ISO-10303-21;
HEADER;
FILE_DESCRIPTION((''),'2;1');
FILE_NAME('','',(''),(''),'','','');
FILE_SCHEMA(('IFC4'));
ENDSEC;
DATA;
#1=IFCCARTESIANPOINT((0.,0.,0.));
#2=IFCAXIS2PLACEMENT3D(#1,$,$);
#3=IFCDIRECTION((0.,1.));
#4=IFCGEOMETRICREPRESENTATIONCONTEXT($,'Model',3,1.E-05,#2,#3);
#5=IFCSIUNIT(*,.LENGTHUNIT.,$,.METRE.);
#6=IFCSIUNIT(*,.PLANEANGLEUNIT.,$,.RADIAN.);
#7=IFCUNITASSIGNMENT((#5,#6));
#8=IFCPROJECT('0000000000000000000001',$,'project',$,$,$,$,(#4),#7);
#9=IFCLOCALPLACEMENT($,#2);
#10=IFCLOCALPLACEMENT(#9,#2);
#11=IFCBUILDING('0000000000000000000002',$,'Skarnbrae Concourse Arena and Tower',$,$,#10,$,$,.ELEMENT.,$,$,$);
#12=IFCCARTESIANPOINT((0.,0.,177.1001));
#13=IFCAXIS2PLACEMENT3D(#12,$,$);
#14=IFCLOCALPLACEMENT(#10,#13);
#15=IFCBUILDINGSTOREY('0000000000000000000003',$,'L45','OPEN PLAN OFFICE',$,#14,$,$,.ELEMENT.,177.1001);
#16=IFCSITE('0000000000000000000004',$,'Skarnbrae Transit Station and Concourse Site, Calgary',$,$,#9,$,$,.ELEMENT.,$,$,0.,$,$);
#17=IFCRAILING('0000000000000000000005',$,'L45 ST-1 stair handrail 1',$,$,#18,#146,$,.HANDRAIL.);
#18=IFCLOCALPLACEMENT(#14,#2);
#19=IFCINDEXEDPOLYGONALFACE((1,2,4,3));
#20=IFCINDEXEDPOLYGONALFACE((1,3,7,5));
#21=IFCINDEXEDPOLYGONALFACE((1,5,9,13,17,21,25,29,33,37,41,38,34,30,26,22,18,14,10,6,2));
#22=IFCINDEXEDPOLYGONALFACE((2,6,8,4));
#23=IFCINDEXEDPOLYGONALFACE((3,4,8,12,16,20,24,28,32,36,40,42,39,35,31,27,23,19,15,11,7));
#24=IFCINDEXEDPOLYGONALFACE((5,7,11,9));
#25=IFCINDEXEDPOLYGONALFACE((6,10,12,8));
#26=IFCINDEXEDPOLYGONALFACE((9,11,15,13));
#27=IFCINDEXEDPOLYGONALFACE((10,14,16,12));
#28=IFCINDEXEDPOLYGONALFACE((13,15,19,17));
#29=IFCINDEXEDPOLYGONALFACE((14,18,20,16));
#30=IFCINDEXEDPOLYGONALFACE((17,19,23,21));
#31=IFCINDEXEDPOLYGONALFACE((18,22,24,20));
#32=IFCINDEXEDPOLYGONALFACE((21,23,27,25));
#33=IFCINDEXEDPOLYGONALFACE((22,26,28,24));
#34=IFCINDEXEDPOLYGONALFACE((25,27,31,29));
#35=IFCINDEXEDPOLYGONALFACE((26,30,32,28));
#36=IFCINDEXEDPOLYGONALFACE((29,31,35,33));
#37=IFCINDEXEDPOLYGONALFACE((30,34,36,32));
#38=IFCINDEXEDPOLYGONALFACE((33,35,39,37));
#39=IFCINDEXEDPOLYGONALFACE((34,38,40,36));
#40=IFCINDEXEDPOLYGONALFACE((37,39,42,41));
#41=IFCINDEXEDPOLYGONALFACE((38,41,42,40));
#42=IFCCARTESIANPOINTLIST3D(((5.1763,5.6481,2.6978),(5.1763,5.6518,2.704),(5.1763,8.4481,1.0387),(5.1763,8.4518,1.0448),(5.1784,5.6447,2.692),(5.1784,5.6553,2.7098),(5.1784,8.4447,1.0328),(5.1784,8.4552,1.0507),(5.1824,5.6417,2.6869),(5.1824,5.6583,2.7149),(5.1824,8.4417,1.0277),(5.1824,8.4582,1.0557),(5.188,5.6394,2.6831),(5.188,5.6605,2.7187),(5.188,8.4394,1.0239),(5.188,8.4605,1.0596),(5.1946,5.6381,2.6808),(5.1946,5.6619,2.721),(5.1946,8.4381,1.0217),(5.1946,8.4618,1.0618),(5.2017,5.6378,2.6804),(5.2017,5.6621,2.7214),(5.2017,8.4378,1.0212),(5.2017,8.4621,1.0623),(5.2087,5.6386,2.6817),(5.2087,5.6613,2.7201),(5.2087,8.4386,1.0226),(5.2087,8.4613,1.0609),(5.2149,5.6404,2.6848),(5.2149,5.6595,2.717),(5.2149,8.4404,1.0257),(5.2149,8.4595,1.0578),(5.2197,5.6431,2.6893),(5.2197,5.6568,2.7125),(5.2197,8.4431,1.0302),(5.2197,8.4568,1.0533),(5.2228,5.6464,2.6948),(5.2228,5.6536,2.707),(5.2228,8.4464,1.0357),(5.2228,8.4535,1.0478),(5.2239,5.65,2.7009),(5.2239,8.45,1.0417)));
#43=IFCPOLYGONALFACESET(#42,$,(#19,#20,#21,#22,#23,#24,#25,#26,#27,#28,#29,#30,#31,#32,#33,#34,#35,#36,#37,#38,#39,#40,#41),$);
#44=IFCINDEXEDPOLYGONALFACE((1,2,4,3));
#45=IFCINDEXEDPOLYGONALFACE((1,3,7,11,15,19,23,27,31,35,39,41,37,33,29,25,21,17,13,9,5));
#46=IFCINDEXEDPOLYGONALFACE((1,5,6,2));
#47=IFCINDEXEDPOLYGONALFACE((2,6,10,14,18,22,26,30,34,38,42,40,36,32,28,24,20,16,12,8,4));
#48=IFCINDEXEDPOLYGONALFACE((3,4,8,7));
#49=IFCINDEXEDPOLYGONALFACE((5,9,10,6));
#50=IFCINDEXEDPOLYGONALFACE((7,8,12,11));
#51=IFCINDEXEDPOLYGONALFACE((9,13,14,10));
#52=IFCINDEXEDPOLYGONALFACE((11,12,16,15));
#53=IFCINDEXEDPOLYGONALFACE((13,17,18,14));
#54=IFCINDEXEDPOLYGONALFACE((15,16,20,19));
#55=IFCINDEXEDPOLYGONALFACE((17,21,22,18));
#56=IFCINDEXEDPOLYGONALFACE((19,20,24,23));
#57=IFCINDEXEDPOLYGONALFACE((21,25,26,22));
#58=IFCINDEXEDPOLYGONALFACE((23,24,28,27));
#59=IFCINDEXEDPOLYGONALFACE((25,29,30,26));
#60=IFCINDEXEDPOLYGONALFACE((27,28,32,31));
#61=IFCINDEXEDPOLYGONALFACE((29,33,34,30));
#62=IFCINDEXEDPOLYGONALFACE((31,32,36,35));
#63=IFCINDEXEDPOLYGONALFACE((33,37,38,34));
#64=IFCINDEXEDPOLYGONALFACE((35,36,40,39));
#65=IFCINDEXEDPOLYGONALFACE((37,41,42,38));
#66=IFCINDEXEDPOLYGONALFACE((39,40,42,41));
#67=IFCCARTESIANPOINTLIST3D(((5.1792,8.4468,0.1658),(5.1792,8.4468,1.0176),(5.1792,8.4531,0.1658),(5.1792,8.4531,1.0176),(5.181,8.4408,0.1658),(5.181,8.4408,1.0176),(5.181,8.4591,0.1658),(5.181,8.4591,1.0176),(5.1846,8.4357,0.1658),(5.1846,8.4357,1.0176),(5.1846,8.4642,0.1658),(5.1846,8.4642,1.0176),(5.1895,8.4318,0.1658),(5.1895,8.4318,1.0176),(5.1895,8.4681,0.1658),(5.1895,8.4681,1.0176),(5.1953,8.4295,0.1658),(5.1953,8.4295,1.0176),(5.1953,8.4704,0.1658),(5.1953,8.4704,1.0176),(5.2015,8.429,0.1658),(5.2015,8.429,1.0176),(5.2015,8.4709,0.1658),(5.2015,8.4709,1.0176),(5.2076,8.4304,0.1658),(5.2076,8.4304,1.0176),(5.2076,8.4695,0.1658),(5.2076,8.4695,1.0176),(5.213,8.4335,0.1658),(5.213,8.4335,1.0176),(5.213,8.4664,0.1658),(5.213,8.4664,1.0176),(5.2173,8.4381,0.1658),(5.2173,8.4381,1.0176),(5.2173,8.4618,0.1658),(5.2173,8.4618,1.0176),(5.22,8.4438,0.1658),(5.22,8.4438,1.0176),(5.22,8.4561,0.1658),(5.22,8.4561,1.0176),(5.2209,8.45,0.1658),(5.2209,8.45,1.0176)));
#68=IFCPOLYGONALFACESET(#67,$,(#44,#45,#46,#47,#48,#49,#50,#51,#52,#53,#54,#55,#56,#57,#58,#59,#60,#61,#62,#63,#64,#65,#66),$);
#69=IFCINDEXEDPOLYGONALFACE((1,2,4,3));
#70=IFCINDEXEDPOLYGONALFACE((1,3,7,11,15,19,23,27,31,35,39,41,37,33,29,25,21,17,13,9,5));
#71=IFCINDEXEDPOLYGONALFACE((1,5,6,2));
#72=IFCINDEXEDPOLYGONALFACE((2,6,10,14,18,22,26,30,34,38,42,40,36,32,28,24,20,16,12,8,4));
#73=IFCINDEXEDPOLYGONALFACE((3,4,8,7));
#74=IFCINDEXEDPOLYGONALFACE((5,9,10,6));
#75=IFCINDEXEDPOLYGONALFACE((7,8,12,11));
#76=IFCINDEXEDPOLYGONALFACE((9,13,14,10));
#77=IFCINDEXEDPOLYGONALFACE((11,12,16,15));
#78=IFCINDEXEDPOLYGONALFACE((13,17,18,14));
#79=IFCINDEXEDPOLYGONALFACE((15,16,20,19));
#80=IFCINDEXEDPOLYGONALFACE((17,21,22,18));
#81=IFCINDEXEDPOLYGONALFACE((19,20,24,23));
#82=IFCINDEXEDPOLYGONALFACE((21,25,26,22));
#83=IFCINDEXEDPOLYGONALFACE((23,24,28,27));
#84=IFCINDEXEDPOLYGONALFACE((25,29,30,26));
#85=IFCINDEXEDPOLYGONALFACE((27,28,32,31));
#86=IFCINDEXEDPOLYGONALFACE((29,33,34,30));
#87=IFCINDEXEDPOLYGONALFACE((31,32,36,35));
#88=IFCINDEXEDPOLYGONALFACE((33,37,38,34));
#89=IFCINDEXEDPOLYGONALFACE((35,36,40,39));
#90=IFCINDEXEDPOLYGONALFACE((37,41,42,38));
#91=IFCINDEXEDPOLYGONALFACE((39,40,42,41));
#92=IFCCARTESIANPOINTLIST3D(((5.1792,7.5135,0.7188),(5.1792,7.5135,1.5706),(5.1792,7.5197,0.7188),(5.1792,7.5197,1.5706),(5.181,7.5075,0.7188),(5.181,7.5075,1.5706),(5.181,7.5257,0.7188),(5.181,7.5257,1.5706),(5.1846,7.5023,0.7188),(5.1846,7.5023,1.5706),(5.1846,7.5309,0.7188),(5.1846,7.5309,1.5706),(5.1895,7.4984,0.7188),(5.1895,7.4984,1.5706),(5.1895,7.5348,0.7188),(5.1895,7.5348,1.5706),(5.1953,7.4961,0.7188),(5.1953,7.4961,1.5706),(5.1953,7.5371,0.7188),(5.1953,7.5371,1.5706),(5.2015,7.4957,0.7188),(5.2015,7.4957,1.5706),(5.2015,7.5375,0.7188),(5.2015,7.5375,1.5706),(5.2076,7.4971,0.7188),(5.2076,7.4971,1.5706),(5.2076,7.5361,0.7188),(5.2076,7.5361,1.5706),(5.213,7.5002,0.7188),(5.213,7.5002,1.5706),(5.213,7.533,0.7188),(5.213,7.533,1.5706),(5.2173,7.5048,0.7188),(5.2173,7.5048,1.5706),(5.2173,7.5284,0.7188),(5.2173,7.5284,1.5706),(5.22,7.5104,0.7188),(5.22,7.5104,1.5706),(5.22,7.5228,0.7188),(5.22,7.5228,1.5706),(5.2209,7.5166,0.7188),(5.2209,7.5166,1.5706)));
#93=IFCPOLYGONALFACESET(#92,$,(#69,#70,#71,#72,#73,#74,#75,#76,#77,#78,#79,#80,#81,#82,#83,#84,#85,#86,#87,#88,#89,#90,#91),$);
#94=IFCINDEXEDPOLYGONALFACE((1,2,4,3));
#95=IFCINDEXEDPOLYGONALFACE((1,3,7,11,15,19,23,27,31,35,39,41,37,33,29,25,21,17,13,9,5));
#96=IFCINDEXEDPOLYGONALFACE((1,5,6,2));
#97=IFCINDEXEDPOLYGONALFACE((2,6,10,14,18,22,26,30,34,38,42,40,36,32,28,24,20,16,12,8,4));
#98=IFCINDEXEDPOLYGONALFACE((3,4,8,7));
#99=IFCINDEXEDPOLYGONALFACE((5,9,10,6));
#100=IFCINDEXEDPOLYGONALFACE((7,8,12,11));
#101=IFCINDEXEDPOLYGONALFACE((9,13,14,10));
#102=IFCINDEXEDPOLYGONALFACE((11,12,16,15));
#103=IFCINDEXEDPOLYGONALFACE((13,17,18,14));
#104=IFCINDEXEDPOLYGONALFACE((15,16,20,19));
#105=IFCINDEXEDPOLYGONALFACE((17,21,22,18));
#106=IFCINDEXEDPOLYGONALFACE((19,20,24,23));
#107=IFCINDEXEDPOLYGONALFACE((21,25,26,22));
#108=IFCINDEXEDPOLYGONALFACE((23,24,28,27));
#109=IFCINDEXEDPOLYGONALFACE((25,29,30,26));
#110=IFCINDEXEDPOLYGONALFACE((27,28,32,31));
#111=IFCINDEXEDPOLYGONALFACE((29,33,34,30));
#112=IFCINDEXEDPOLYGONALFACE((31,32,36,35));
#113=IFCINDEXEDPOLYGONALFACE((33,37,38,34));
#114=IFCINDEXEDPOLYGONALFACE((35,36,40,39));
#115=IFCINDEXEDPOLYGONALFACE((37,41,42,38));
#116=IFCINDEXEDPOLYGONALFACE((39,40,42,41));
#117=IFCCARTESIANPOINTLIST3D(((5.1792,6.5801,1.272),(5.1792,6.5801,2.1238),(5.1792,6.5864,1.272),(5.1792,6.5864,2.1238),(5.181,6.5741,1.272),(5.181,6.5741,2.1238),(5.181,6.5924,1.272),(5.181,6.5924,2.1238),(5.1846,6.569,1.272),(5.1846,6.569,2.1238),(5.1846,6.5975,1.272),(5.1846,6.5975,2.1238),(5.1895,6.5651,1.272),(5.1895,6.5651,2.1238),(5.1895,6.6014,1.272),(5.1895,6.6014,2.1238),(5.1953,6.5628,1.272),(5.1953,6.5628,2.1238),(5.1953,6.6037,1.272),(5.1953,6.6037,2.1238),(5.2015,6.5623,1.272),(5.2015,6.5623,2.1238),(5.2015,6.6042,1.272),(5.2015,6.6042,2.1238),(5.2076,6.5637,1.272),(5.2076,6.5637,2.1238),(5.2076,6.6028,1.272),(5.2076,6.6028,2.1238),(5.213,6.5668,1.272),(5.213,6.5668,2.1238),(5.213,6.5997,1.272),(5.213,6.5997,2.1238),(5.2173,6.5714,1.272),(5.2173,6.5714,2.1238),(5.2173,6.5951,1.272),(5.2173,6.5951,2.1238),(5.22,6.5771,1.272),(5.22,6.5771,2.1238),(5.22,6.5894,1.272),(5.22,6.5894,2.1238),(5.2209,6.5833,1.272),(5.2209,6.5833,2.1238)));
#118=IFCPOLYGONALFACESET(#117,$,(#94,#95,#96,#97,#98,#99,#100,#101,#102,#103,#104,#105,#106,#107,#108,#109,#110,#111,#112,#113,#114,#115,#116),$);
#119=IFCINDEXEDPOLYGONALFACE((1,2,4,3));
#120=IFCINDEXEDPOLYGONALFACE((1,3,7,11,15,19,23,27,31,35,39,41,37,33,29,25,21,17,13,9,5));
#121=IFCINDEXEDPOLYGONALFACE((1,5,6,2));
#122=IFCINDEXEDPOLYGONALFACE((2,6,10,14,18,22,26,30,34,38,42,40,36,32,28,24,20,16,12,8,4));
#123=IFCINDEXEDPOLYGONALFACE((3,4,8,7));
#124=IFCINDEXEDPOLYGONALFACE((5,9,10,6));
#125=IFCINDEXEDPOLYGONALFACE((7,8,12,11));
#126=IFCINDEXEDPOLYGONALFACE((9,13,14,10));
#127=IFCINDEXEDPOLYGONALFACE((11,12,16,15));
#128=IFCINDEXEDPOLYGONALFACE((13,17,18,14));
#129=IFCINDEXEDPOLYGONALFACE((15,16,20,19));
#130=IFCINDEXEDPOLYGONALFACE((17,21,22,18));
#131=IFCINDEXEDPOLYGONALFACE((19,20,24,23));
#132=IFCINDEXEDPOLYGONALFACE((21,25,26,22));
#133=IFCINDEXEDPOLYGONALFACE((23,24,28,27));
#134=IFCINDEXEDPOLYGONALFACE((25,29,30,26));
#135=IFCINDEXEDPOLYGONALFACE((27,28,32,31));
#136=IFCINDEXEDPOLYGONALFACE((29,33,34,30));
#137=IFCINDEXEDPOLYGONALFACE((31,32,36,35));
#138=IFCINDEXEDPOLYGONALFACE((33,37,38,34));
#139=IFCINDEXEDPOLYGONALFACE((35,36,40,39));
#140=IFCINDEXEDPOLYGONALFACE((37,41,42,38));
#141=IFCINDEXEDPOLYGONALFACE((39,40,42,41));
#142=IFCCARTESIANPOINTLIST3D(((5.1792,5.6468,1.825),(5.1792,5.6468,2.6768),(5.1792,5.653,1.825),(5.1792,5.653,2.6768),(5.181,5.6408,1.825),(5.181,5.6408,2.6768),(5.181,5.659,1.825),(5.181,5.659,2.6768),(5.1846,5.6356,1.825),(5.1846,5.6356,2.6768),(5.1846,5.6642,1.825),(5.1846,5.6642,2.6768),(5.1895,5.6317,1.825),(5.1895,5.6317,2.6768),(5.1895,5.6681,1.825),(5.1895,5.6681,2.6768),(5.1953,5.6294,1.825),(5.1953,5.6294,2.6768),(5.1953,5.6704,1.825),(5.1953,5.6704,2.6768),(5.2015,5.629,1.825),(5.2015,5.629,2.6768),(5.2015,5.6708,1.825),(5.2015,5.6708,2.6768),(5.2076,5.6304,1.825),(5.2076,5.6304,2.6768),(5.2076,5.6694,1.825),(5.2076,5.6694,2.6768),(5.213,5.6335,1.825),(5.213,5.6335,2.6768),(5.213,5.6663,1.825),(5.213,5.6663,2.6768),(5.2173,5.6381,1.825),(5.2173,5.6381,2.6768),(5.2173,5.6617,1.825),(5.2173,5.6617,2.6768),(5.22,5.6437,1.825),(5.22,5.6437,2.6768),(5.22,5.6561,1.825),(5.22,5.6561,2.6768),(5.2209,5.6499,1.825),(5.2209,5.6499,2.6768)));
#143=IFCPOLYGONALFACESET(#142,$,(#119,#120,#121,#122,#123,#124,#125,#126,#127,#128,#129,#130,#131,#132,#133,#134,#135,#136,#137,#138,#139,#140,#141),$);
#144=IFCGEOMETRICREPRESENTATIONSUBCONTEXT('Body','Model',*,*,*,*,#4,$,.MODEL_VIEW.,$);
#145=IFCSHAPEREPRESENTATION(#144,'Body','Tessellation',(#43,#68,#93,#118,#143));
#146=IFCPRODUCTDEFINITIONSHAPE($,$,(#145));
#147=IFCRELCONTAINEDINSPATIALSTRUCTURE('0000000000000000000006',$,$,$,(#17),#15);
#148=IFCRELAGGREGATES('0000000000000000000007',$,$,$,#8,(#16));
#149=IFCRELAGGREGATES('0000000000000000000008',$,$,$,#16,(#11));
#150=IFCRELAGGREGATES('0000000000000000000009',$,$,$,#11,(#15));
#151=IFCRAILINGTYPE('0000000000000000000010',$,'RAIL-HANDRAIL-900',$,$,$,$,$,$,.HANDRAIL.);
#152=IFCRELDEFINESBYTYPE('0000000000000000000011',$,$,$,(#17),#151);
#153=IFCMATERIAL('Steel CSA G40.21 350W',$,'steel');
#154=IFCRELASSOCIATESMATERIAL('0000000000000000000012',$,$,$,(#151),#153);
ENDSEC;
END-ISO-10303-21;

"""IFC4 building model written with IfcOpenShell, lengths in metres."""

from ifc_helpers import new_model, si_unit, direction, frame, origin, origin_2d, place, context, subcontext, project, spatial, circle, extrude, material, type_object, element, save


model = new_model("IFC4")

# Units and contexts
model_context = context("Model", 3, precision=1e-05, world=origin(), true_north=direction((0.0, 1.0)))
body_context = subcontext(model_context, "Body", "Model", "MODEL_VIEW")
ifc_project = project(units=[si_unit("LENGTHUNIT", "METRE"), si_unit("PLANEANGLEUNIT", "RADIAN")], contexts=[model_context])

# Site, building, storey
site_placement = place(None, origin())
site = spatial("IfcSite", under=ifc_project, at=site_placement, Name="Skarnbrae Transit Station and Concourse Site, Calgary", CompositionType="ELEMENT", RefElevation=0.0)
building_placement = place(site_placement, origin())
building = spatial("IfcBuilding", under=site, at=building_placement, Name="Skarnbrae Concourse Arena and Tower", CompositionType="ELEMENT")
storey_placement = place(building_placement, frame((0.0, 0.0, 177.1001)))
storey = spatial("IfcBuildingStorey", under=building, at=storey_placement, Name="L45", Description="OPEN PLAN OFFICE", CompositionType="ELEMENT", Elevation=177.1001)

# Shared definitions
ifc_material_1 = material(Name="Steel CSA G40.21 350W", Category="steel")

# Railing
railing_type_1 = type_object("IfcRailingType", Name="RAIL-HANDRAIL-900", PredefinedType="HANDRAIL", material=ifc_material_1)
railing_1_placement = place(storey_placement, frame((5.2, 8.45, 0.1658)))
element("IfcRailing", 1, at=railing_1_placement, inside=storey, type_object=railing_type_1, Name="L45 ST-1 stair handrail 1", PredefinedType="HANDRAIL", context=body_context, shape_type="SweptSolid", body=[
    extrude(circle(Radius=0.0239, at=origin_2d()), frame((0.0, 0.0, 0.876), z_axis=(0.0, -0.860306, 0.509778), x_axis=(1.0, 0.0, 0.0)), (0.0, 0.0, 1.0), 3.2546),
    extrude(circle(Radius=0.021, at=origin_2d()), origin(), (0.0, 0.0, 1.0), 0.8518),
    extrude(circle(Radius=0.021, at=origin_2d()), frame((0.0, -0.9333, 0.553)), (0.0, 0.0, 1.0), 0.8518),
    extrude(circle(Radius=0.021, at=origin_2d()), frame((0.0, -1.8667, 1.1062)), (0.0, 0.0, 1.0), 0.8518),
    extrude(circle(Radius=0.021, at=origin_2d()), frame((0.0, -2.8, 1.6592)), (0.0, 0.0, 1.0), 0.8518),
])

save(model, "model.ifc")
